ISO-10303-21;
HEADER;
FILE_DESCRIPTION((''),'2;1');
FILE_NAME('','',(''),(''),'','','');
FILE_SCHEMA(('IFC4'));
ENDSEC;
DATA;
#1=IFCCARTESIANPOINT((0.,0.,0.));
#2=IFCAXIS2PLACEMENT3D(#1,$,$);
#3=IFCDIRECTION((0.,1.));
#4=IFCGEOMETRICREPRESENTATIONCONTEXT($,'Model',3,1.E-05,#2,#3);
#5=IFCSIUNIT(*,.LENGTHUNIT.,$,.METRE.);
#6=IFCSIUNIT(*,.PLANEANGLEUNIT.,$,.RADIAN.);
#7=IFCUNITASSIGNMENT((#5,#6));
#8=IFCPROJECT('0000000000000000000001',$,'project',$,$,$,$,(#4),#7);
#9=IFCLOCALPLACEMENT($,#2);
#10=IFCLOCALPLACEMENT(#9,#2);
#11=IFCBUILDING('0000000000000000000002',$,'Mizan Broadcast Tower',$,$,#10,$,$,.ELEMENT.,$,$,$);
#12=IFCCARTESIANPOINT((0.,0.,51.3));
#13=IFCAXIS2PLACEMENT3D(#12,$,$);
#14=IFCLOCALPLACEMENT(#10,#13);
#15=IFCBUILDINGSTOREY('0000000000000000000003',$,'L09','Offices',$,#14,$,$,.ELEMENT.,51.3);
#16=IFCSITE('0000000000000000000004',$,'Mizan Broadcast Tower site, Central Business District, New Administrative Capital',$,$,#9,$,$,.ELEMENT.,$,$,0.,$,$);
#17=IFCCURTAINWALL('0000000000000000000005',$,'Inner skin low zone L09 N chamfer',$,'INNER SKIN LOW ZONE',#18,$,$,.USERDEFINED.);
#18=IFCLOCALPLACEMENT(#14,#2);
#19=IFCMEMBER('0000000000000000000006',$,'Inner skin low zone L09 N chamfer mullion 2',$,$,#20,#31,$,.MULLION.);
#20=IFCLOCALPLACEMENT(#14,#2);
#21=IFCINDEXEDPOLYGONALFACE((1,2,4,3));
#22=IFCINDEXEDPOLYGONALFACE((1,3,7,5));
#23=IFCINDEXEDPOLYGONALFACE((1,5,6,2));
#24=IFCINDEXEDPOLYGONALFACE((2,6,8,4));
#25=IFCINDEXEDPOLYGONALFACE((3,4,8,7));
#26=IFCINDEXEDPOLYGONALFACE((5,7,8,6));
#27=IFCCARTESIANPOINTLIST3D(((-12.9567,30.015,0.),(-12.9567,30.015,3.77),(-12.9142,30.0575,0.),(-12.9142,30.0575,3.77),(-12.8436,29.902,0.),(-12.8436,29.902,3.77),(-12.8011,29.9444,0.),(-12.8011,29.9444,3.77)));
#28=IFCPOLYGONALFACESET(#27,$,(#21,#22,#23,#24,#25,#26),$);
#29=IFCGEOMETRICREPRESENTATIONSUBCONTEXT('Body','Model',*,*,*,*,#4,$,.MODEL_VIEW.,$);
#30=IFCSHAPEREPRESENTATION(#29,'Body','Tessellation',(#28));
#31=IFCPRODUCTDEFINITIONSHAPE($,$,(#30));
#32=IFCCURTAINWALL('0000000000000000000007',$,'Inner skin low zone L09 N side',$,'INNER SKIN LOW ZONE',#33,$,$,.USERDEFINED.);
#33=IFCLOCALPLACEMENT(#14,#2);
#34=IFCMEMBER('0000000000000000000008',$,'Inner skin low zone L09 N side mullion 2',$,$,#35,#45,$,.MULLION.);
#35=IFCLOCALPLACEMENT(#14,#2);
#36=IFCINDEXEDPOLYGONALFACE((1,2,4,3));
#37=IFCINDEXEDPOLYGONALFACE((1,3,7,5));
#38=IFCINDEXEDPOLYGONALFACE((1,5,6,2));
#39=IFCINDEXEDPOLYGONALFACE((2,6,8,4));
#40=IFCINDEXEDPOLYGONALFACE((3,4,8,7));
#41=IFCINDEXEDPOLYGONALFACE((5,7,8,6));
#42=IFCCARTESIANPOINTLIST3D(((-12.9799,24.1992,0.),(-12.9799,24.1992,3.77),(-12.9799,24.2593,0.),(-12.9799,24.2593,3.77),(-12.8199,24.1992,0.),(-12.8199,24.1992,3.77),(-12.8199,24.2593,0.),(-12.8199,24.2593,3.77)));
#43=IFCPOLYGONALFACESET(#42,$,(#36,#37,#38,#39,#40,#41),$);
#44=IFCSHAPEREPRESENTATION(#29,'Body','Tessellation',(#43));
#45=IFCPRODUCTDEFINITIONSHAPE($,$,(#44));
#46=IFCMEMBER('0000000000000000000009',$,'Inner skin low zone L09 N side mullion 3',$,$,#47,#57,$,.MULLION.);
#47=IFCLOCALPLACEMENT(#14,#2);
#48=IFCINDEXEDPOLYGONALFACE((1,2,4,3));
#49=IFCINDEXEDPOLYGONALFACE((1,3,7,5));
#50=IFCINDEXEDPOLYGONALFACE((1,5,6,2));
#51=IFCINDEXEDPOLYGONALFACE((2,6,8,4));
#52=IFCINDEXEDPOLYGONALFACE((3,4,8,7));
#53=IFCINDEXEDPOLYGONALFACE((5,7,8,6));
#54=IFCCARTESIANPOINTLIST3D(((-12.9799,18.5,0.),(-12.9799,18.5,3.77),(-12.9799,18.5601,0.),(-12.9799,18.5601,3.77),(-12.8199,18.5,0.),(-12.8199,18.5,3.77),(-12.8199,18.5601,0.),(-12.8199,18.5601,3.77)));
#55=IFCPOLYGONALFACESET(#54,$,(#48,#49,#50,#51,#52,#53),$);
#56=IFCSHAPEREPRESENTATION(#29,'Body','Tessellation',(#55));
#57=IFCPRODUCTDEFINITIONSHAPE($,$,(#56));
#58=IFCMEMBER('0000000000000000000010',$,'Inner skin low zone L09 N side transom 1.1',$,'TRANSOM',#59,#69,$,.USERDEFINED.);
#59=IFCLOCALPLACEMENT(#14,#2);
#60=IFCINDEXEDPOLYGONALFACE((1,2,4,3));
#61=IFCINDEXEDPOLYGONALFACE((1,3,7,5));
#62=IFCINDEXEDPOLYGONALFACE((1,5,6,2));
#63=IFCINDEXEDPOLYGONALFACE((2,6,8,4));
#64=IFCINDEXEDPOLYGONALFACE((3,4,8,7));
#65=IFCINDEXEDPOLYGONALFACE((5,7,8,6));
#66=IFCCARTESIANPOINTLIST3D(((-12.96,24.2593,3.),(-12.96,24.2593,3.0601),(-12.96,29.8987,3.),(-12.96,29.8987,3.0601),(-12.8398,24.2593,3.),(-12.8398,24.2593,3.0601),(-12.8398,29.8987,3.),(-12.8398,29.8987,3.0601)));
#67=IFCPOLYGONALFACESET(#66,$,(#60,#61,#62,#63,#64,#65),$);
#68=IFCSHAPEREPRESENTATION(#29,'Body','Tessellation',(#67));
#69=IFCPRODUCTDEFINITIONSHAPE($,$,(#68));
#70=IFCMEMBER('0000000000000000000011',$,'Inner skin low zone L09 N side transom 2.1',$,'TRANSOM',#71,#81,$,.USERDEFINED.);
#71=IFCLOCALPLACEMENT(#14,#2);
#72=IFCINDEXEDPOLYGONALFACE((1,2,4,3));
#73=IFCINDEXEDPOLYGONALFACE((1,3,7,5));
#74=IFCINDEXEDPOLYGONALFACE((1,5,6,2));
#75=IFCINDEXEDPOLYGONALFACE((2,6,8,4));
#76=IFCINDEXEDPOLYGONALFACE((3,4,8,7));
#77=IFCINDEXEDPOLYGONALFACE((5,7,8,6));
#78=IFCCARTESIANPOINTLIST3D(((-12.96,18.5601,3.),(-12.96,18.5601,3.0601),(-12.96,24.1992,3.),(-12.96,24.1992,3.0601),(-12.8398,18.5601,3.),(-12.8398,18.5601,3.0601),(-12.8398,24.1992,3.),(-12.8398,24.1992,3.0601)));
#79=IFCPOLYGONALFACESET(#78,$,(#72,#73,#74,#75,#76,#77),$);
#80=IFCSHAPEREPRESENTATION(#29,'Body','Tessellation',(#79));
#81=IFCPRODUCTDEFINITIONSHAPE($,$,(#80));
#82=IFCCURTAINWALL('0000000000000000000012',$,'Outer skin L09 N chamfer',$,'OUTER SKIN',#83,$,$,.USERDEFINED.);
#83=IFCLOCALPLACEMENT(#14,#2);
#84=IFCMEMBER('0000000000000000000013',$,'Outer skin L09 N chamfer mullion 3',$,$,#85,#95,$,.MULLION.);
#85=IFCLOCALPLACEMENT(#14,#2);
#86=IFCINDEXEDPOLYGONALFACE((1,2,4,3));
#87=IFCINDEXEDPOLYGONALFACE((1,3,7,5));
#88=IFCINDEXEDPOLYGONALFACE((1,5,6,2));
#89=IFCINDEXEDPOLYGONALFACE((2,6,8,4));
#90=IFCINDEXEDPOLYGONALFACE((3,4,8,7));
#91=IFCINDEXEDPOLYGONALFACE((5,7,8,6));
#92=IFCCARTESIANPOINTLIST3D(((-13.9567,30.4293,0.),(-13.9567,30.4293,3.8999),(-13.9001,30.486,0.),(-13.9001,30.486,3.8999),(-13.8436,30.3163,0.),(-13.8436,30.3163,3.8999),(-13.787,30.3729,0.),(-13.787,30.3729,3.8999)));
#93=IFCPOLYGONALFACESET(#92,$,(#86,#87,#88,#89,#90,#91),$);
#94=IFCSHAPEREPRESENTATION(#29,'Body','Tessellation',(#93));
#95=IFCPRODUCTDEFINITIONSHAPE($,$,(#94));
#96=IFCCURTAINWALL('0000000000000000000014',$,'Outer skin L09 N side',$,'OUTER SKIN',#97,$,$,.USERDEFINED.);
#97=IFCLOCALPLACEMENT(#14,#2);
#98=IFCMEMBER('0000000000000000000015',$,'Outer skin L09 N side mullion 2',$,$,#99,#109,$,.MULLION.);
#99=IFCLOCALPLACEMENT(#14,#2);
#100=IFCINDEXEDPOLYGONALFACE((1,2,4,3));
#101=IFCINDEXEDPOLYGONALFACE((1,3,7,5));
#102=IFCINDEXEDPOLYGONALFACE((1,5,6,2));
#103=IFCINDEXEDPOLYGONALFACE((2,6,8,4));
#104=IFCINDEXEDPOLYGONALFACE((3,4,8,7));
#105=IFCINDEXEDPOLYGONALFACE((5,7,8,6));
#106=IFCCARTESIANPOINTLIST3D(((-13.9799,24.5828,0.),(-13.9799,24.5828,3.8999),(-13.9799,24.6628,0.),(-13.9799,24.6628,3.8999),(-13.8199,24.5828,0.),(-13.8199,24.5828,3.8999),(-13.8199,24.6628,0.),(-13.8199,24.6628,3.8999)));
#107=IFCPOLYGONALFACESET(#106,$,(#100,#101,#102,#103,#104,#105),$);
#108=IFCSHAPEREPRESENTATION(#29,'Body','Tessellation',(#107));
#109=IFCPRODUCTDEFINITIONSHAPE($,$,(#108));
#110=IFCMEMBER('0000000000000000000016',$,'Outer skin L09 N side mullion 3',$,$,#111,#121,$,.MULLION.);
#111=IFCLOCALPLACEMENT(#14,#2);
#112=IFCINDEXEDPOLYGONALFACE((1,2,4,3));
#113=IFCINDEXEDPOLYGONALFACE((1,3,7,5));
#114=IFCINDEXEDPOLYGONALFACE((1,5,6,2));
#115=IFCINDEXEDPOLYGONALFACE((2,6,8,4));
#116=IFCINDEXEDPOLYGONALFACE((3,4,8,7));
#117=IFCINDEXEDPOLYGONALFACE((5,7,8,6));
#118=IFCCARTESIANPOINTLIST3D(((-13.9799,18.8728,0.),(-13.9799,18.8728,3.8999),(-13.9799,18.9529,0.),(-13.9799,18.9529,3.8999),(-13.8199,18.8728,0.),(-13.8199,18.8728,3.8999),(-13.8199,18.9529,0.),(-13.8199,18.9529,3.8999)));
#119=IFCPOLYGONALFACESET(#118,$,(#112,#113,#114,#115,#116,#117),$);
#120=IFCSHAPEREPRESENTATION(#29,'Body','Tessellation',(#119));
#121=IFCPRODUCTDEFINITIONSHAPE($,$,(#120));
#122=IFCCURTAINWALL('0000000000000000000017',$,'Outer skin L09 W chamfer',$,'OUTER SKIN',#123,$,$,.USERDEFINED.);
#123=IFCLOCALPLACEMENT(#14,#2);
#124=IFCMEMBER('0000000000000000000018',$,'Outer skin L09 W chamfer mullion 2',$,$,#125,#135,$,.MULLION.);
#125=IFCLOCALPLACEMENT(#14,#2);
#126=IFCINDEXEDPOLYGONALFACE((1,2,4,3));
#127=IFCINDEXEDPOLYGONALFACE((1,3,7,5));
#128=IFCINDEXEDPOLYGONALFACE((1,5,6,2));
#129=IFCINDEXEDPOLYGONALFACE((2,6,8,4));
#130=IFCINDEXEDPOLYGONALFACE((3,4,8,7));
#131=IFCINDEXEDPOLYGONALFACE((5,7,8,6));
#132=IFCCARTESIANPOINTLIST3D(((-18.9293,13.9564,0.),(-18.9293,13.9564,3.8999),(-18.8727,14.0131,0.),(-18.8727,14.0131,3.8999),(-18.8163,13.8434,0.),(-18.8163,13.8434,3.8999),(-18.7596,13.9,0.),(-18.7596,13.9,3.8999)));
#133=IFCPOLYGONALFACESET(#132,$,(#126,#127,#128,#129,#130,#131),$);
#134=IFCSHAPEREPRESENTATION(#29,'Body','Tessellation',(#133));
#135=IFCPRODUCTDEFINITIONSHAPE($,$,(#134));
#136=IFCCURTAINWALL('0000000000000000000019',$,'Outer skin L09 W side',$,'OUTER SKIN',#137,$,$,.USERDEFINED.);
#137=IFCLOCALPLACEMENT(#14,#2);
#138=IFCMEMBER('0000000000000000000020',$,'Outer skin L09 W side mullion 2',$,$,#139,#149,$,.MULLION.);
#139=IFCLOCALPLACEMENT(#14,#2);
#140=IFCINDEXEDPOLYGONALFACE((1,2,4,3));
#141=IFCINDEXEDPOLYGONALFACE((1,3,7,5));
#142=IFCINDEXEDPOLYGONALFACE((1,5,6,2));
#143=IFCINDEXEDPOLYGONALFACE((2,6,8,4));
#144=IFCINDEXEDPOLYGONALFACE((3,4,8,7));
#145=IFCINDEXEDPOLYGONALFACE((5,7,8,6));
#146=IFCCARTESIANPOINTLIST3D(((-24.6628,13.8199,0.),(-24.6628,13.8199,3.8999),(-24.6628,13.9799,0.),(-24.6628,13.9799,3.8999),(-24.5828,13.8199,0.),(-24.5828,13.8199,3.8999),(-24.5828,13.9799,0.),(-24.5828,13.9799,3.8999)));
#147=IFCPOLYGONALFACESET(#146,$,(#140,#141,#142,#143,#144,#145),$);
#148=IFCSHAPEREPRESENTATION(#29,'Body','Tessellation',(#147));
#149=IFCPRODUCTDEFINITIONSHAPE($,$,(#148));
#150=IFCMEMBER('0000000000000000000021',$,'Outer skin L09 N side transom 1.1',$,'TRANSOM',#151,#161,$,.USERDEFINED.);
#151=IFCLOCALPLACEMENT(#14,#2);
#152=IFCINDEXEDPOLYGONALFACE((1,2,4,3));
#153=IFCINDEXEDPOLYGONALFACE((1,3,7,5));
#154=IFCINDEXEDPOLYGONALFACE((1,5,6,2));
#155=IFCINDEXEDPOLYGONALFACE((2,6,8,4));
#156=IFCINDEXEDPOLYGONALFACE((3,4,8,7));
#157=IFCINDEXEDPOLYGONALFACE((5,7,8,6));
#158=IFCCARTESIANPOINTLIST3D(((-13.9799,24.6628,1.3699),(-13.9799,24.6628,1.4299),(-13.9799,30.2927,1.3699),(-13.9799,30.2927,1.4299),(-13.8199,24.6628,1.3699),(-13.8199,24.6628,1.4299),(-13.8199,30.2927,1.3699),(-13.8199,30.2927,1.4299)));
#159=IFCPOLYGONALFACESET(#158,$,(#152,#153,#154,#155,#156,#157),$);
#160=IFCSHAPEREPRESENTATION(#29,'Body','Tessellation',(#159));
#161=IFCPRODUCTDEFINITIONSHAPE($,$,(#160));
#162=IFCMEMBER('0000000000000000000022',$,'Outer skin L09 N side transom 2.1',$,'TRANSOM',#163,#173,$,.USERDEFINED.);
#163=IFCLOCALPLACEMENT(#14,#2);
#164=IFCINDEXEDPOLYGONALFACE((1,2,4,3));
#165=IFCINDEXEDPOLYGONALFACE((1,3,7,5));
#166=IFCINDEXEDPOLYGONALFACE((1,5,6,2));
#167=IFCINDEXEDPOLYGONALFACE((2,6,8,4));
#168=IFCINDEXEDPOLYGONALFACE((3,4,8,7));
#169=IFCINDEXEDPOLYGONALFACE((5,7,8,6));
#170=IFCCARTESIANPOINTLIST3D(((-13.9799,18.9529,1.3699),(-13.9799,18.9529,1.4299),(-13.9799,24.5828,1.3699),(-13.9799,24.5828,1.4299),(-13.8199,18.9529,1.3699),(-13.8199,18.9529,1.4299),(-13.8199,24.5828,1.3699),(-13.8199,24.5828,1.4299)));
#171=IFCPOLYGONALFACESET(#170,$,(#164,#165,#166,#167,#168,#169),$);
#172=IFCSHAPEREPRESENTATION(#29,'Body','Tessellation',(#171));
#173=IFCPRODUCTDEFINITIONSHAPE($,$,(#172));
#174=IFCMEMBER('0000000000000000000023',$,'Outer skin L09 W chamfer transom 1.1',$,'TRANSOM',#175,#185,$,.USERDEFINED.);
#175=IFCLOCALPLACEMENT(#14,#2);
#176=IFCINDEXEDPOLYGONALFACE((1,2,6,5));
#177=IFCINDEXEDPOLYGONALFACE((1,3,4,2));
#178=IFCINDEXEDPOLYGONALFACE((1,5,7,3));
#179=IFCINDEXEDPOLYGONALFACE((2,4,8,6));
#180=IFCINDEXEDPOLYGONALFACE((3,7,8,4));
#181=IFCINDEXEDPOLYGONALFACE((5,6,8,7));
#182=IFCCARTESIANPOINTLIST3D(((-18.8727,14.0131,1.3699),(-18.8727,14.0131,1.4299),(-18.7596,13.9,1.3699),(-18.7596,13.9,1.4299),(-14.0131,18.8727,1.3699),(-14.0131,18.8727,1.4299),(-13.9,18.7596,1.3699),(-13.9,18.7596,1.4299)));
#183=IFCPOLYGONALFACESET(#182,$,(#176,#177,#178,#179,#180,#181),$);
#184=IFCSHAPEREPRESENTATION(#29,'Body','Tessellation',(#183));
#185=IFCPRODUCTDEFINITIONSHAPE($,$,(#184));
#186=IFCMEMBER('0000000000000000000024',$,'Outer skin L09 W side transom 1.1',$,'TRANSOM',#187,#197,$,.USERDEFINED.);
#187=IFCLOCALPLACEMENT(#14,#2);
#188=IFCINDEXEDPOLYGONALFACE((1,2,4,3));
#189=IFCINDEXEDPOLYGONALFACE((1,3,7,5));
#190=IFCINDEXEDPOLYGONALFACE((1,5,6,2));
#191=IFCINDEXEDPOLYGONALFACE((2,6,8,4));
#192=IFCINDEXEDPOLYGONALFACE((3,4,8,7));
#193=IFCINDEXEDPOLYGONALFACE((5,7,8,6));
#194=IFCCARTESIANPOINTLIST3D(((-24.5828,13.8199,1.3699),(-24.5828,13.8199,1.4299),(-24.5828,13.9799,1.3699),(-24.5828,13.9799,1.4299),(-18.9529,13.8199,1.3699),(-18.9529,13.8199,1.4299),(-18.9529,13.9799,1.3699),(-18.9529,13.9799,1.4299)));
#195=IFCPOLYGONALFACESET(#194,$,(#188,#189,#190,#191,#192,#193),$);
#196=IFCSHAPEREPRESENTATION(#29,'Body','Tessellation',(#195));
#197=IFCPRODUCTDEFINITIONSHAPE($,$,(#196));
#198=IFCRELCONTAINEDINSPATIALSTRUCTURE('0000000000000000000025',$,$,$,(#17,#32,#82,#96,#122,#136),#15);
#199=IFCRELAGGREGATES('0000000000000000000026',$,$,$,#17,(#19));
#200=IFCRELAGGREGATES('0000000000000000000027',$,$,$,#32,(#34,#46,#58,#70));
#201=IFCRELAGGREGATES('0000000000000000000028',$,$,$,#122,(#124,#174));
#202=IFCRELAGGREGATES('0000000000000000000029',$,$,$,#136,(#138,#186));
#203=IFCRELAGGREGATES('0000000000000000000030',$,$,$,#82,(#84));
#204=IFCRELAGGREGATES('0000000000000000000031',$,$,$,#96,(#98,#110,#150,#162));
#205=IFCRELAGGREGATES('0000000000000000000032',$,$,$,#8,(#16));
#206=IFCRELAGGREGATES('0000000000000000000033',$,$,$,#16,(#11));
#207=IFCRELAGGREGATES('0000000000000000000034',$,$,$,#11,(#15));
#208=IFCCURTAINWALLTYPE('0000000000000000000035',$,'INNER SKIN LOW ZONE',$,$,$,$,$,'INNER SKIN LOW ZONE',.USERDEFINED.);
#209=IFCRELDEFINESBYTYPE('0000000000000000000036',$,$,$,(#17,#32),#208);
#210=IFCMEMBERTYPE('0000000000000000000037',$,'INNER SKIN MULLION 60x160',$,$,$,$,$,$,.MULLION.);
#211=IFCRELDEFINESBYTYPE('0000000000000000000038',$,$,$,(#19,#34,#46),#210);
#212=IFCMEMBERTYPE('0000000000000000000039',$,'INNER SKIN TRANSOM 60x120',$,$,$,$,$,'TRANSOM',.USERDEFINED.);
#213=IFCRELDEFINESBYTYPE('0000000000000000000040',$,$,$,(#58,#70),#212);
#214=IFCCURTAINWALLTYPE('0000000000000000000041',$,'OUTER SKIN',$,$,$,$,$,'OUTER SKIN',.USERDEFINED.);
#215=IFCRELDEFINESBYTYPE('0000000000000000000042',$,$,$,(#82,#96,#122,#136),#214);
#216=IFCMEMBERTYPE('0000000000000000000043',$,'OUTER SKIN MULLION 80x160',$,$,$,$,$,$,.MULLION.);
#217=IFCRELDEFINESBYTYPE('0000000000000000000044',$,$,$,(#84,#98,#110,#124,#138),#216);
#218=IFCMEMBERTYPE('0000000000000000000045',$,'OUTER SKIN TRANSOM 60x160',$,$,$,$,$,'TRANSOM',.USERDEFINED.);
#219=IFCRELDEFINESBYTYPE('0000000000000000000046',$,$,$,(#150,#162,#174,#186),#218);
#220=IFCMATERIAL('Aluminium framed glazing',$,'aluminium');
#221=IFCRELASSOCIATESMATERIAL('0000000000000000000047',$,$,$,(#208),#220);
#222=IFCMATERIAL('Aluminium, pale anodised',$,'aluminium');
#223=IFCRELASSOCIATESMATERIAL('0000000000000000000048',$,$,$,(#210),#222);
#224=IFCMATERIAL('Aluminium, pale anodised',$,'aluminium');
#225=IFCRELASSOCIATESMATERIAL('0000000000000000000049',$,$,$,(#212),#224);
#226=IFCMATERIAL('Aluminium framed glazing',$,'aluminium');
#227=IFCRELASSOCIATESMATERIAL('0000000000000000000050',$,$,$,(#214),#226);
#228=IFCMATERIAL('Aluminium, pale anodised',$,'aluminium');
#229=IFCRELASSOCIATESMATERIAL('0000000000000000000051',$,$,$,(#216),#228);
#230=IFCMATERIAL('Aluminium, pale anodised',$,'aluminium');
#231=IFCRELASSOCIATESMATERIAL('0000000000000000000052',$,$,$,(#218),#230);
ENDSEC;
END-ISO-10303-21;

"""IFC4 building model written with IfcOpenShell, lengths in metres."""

from ifc_helpers import new_model, si_unit, direction, frame, origin, origin_2d, place, context, subcontext, project, spatial, rectangle, extrude, material, material_profile, profile_set, type_object, element, aggregate, save


model = new_model("IFC4")

# Units and contexts
model_context = context("Model", 3, precision=1e-05, world=origin(), true_north=direction((0.0, 1.0)))
body_context = subcontext(model_context, "Body", "Model", "MODEL_VIEW")
ifc_project = project(units=[si_unit("LENGTHUNIT", "METRE"), si_unit("PLANEANGLEUNIT", "RADIAN")], contexts=[model_context])

# Site, building, storey
site_placement = place(None, origin())
site = spatial("IfcSite", under=ifc_project, at=site_placement, Name="Mizan Broadcast Tower site, Central Business District, New Administrative Capital", CompositionType="ELEMENT", RefElevation=0.0)
building_placement = place(site_placement, origin())
building = spatial("IfcBuilding", under=site, at=building_placement, Name="Mizan Broadcast Tower", CompositionType="ELEMENT")
storey_placement = place(building_placement, frame((0.0, 0.0, 51.3)))
storey = spatial("IfcBuildingStorey", under=building, at=storey_placement, Name="L09", Description="Offices", CompositionType="ELEMENT", Elevation=51.3)

# Curtain wall, member
ifc_material_1 = material(Name="Aluminium framed glazing", Category="aluminium")
curtain_wall_type_1 = type_object("IfcCurtainWallType", Name="INNER SKIN LOW ZONE", ElementType="INNER SKIN LOW ZONE", PredefinedType="USERDEFINED", material=ifc_material_1)
curtain_wall_1_placement = place(storey_placement, origin())
curtain_wall_1 = element("IfcCurtainWall", 1, at=curtain_wall_1_placement, inside=storey, type_object=curtain_wall_type_1, Name="Inner skin low zone L09 N chamfer", ObjectType="INNER SKIN LOW ZONE", PredefinedType="USERDEFINED")
ifc_material_2 = material(Name="Aluminium, pale anodised", Category="aluminium")
ifc_material_profile_1 = material_profile(ifc_material_2, rectangle(XDim=0.1599, YDim=0.0601, at=origin_2d()), Name="MULLION 160x60")
ifc_profile_set_1 = profile_set([ifc_material_profile_1], Name="Aluminium, pale anodised")
member_type_1 = type_object("IfcMemberType", Name="INNER SKIN MULLION 60x160", PredefinedType="MULLION", material=ifc_profile_set_1)
member_1_placement = place(storey_placement, frame((-12.8789, 29.9797, 0.0), z_axis=(0.0, 0.0, 1.0), x_axis=(0.707107, -0.707107, 0.0)))
member_1 = element("IfcMember", 2, at=member_1_placement, type_object=member_type_1, Name="Inner skin low zone L09 N chamfer mullion 2", PredefinedType="MULLION", context=body_context, shape_type="SweptSolid", body=[
    extrude(rectangle(XDim=0.1599, YDim=0.0601, at=origin_2d()), origin(), (0.0, 0.0, 1.0), 3.77),
])
aggregate(curtain_wall_1, [member_1])

# Curtain wall, members
curtain_wall_2_placement = place(storey_placement, origin())
curtain_wall_2 = element("IfcCurtainWall", 3, at=curtain_wall_2_placement, inside=storey, type_object=curtain_wall_type_1, Name="Inner skin low zone L09 N side", ObjectType="INNER SKIN LOW ZONE", PredefinedType="USERDEFINED")
member_2_placement = place(storey_placement, frame((-12.8999, 24.2292, 0.0), z_axis=(0.0, 0.0, 1.0), x_axis=(1.0, 0.0, 0.0)))
member_2 = element("IfcMember", 4, at=member_2_placement, type_object=member_type_1, Name="Inner skin low zone L09 N side mullion 2", PredefinedType="MULLION", context=body_context, shape_type="SweptSolid", body=[
    extrude(rectangle(XDim=0.1599, YDim=0.0601, at=origin_2d()), origin(), (0.0, 0.0, 1.0), 3.77),
])
member_3_placement = place(storey_placement, frame((-12.8999, 18.53, 0.0), z_axis=(0.0, 0.0, 1.0), x_axis=(1.0, 0.0, 0.0)))
member_3 = element("IfcMember", 5, at=member_3_placement, type_object=member_type_1, Name="Inner skin low zone L09 N side mullion 3", PredefinedType="MULLION", context=body_context, shape_type="SweptSolid", body=[
    extrude(rectangle(XDim=0.1599, YDim=0.0601, at=origin_2d()), origin(), (0.0, 0.0, 1.0), 3.77),
])
ifc_material_3 = material(Name="Aluminium, pale anodised", Category="aluminium")
ifc_material_profile_2 = material_profile(ifc_material_3, rectangle(XDim=0.1201, YDim=0.0601, at=origin_2d()), Name="TRANSOM 120x60")
ifc_profile_set_2 = profile_set([ifc_material_profile_2], Name="Aluminium, pale anodised")
member_type_2 = type_object("IfcMemberType", Name="INNER SKIN TRANSOM 60x120", ElementType="TRANSOM", PredefinedType="USERDEFINED", material=ifc_profile_set_2)
member_4_placement = place(storey_placement, frame((-12.8999, 29.8987, 3.03), z_axis=(0.0, -1.0, 0.0), x_axis=(1.0, 0.0, 0.0)))
member_4 = element("IfcMember", 6, at=member_4_placement, type_object=member_type_2, Name="Inner skin low zone L09 N side transom 1.1", ObjectType="TRANSOM", PredefinedType="USERDEFINED", context=body_context, shape_type="SweptSolid", body=[
    extrude(rectangle(XDim=0.1201, YDim=0.0601, at=origin_2d()), origin(), (0.0, 0.0, 1.0), 5.6394),
])
member_5_placement = place(storey_placement, frame((-12.8999, 24.1992, 3.03), z_axis=(0.0, -1.0, 0.0), x_axis=(1.0, 0.0, 0.0)))
member_5 = element("IfcMember", 7, at=member_5_placement, type_object=member_type_2, Name="Inner skin low zone L09 N side transom 2.1", ObjectType="TRANSOM", PredefinedType="USERDEFINED", context=body_context, shape_type="SweptSolid", body=[
    extrude(rectangle(XDim=0.1201, YDim=0.0601, at=origin_2d()), origin(), (0.0, 0.0, 1.0), 5.6392),
])

# Curtain wall, member
ifc_material_4 = material(Name="Aluminium framed glazing", Category="aluminium")
curtain_wall_type_2 = type_object("IfcCurtainWallType", Name="OUTER SKIN", ElementType="OUTER SKIN", PredefinedType="USERDEFINED", material=ifc_material_4)
curtain_wall_3_placement = place(storey_placement, origin())
curtain_wall_3 = element("IfcCurtainWall", 8, at=curtain_wall_3_placement, inside=storey, type_object=curtain_wall_type_2, Name="Outer skin L09 N chamfer", ObjectType="OUTER SKIN", PredefinedType="USERDEFINED")
ifc_material_5 = material(Name="Aluminium, pale anodised", Category="aluminium")
ifc_material_profile_3 = material_profile(ifc_material_5, rectangle(XDim=0.1599, YDim=0.0801, at=origin_2d()), Name="MULLION 160x80")
ifc_profile_set_3 = profile_set([ifc_material_profile_3], Name="Aluminium, pale anodised")
member_type_3 = type_object("IfcMemberType", Name="OUTER SKIN MULLION 80x160", PredefinedType="MULLION", material=ifc_profile_set_3)
member_6_placement = place(storey_placement, frame((-13.8718, 30.4011, 0.0), z_axis=(0.0, 0.0, 1.0), x_axis=(0.707107, -0.707107, 0.0)))
member_6 = element("IfcMember", 9, at=member_6_placement, type_object=member_type_3, Name="Outer skin L09 N chamfer mullion 3", PredefinedType="MULLION", context=body_context, shape_type="SweptSolid", body=[
    extrude(rectangle(XDim=0.1599, YDim=0.0801, at=origin_2d()), origin(), (0.0, 0.0, 1.0), 3.8999),
])

# Curtain wall, members
curtain_wall_4_placement = place(storey_placement, origin())
curtain_wall_4 = element("IfcCurtainWall", 10, at=curtain_wall_4_placement, inside=storey, type_object=curtain_wall_type_2, Name="Outer skin L09 N side", ObjectType="OUTER SKIN", PredefinedType="USERDEFINED")
member_7_placement = place(storey_placement, frame((-13.8999, 24.6228, 0.0), z_axis=(0.0, 0.0, 1.0), x_axis=(1.0, 0.0, 0.0)))
member_7 = element("IfcMember", 11, at=member_7_placement, type_object=member_type_3, Name="Outer skin L09 N side mullion 2", PredefinedType="MULLION", context=body_context, shape_type="SweptSolid", body=[
    extrude(rectangle(XDim=0.1599, YDim=0.0801, at=origin_2d()), origin(), (0.0, 0.0, 1.0), 3.8999),
])
member_8_placement = place(storey_placement, frame((-13.8999, 18.9128, 0.0), z_axis=(0.0, 0.0, 1.0), x_axis=(1.0, 0.0, 0.0)))
member_8 = element("IfcMember", 12, at=member_8_placement, type_object=member_type_3, Name="Outer skin L09 N side mullion 3", PredefinedType="MULLION", context=body_context, shape_type="SweptSolid", body=[
    extrude(rectangle(XDim=0.1599, YDim=0.0801, at=origin_2d()), origin(), (0.0, 0.0, 1.0), 3.8999),
])

# Curtain walls, members
curtain_wall_5_placement = place(storey_placement, origin())
curtain_wall_5 = element("IfcCurtainWall", 13, at=curtain_wall_5_placement, inside=storey, type_object=curtain_wall_type_2, Name="Outer skin L09 W chamfer", ObjectType="OUTER SKIN", PredefinedType="USERDEFINED")
member_9_placement = place(storey_placement, frame((-18.8445, 13.9282, 0.0), z_axis=(0.0, 0.0, 1.0), x_axis=(0.707107, -0.707107, 0.0)))
member_9 = element("IfcMember", 14, at=member_9_placement, type_object=member_type_3, Name="Outer skin L09 W chamfer mullion 2", PredefinedType="MULLION", context=body_context, shape_type="SweptSolid", body=[
    extrude(rectangle(XDim=0.1599, YDim=0.0801, at=origin_2d()), origin(), (0.0, 0.0, 1.0), 3.8999),
])
curtain_wall_6_placement = place(storey_placement, origin())
curtain_wall_6 = element("IfcCurtainWall", 15, at=curtain_wall_6_placement, inside=storey, type_object=curtain_wall_type_2, Name="Outer skin L09 W side", ObjectType="OUTER SKIN", PredefinedType="USERDEFINED")
member_10_placement = place(storey_placement, frame((-24.6228, 13.8999, 0.0), z_axis=(0.0, 0.0, 1.0), x_axis=(0.0, -1.0, 0.0)))
member_10 = element("IfcMember", 16, at=member_10_placement, type_object=member_type_3, Name="Outer skin L09 W side mullion 2", PredefinedType="MULLION", context=body_context, shape_type="SweptSolid", body=[
    extrude(rectangle(XDim=0.1599, YDim=0.0801, at=origin_2d()), origin(), (0.0, 0.0, 1.0), 3.8999),
])

# Members
ifc_material_6 = material(Name="Aluminium, pale anodised", Category="aluminium")
ifc_material_profile_4 = material_profile(ifc_material_6, rectangle(XDim=0.1599, YDim=0.0601, at=origin_2d()), Name="TRANSOM 160x60")
ifc_profile_set_4 = profile_set([ifc_material_profile_4], Name="Aluminium, pale anodised")
member_type_4 = type_object("IfcMemberType", Name="OUTER SKIN TRANSOM 60x160", ElementType="TRANSOM", PredefinedType="USERDEFINED", material=ifc_profile_set_4)
member_11_placement = place(storey_placement, frame((-13.8999, 30.2927, 1.3999), z_axis=(0.0, -1.0, 0.0), x_axis=(1.0, 0.0, 0.0)))
member_11 = element("IfcMember", 17, at=member_11_placement, type_object=member_type_4, Name="Outer skin L09 N side transom 1.1", ObjectType="TRANSOM", PredefinedType="USERDEFINED", context=body_context, shape_type="SweptSolid", body=[
    extrude(rectangle(XDim=0.1599, YDim=0.0601, at=origin_2d()), origin(), (0.0, 0.0, 1.0), 5.6299),
])
member_12_placement = place(storey_placement, frame((-13.8999, 24.5828, 1.3999), z_axis=(0.0, -1.0, 0.0), x_axis=(1.0, 0.0, 0.0)))
member_12 = element("IfcMember", 18, at=member_12_placement, type_object=member_type_4, Name="Outer skin L09 N side transom 2.1", ObjectType="TRANSOM", PredefinedType="USERDEFINED", context=body_context, shape_type="SweptSolid", body=[
    extrude(rectangle(XDim=0.1599, YDim=0.0601, at=origin_2d()), origin(), (0.0, 0.0, 1.0), 5.6299),
])
member_13_placement = place(storey_placement, frame((-13.9565, 18.8162, 1.3999), z_axis=(-0.707107, -0.707107, 0.0), x_axis=(0.707107, -0.707107, 0.0)))
member_13 = element("IfcMember", 19, at=member_13_placement, type_object=member_type_4, Name="Outer skin L09 W chamfer transom 1.1", ObjectType="TRANSOM", PredefinedType="USERDEFINED", context=body_context, shape_type="SweptSolid", body=[
    extrude(rectangle(XDim=0.1599, YDim=0.0601, at=origin_2d()), origin(), (0.0, 0.0, 1.0), 6.8726),
])
member_14_placement = place(storey_placement, frame((-18.9529, 13.8999, 1.3999), z_axis=(-1.0, 0.0, 0.0), x_axis=(0.0, -1.0, 0.0)))
member_14 = element("IfcMember", 20, at=member_14_placement, type_object=member_type_4, Name="Outer skin L09 W side transom 1.1", ObjectType="TRANSOM", PredefinedType="USERDEFINED", context=body_context, shape_type="SweptSolid", body=[
    extrude(rectangle(XDim=0.1599, YDim=0.0601, at=origin_2d()), origin(), (0.0, 0.0, 1.0), 5.6299),
])

aggregate(curtain_wall_2, [member_2, member_3, member_4, member_5])
aggregate(curtain_wall_5, [member_9, member_13])
aggregate(curtain_wall_6, [member_10, member_14])
aggregate(curtain_wall_3, [member_6])
aggregate(curtain_wall_4, [member_7, member_8, member_11, member_12])

save(model, "model.ifc")
